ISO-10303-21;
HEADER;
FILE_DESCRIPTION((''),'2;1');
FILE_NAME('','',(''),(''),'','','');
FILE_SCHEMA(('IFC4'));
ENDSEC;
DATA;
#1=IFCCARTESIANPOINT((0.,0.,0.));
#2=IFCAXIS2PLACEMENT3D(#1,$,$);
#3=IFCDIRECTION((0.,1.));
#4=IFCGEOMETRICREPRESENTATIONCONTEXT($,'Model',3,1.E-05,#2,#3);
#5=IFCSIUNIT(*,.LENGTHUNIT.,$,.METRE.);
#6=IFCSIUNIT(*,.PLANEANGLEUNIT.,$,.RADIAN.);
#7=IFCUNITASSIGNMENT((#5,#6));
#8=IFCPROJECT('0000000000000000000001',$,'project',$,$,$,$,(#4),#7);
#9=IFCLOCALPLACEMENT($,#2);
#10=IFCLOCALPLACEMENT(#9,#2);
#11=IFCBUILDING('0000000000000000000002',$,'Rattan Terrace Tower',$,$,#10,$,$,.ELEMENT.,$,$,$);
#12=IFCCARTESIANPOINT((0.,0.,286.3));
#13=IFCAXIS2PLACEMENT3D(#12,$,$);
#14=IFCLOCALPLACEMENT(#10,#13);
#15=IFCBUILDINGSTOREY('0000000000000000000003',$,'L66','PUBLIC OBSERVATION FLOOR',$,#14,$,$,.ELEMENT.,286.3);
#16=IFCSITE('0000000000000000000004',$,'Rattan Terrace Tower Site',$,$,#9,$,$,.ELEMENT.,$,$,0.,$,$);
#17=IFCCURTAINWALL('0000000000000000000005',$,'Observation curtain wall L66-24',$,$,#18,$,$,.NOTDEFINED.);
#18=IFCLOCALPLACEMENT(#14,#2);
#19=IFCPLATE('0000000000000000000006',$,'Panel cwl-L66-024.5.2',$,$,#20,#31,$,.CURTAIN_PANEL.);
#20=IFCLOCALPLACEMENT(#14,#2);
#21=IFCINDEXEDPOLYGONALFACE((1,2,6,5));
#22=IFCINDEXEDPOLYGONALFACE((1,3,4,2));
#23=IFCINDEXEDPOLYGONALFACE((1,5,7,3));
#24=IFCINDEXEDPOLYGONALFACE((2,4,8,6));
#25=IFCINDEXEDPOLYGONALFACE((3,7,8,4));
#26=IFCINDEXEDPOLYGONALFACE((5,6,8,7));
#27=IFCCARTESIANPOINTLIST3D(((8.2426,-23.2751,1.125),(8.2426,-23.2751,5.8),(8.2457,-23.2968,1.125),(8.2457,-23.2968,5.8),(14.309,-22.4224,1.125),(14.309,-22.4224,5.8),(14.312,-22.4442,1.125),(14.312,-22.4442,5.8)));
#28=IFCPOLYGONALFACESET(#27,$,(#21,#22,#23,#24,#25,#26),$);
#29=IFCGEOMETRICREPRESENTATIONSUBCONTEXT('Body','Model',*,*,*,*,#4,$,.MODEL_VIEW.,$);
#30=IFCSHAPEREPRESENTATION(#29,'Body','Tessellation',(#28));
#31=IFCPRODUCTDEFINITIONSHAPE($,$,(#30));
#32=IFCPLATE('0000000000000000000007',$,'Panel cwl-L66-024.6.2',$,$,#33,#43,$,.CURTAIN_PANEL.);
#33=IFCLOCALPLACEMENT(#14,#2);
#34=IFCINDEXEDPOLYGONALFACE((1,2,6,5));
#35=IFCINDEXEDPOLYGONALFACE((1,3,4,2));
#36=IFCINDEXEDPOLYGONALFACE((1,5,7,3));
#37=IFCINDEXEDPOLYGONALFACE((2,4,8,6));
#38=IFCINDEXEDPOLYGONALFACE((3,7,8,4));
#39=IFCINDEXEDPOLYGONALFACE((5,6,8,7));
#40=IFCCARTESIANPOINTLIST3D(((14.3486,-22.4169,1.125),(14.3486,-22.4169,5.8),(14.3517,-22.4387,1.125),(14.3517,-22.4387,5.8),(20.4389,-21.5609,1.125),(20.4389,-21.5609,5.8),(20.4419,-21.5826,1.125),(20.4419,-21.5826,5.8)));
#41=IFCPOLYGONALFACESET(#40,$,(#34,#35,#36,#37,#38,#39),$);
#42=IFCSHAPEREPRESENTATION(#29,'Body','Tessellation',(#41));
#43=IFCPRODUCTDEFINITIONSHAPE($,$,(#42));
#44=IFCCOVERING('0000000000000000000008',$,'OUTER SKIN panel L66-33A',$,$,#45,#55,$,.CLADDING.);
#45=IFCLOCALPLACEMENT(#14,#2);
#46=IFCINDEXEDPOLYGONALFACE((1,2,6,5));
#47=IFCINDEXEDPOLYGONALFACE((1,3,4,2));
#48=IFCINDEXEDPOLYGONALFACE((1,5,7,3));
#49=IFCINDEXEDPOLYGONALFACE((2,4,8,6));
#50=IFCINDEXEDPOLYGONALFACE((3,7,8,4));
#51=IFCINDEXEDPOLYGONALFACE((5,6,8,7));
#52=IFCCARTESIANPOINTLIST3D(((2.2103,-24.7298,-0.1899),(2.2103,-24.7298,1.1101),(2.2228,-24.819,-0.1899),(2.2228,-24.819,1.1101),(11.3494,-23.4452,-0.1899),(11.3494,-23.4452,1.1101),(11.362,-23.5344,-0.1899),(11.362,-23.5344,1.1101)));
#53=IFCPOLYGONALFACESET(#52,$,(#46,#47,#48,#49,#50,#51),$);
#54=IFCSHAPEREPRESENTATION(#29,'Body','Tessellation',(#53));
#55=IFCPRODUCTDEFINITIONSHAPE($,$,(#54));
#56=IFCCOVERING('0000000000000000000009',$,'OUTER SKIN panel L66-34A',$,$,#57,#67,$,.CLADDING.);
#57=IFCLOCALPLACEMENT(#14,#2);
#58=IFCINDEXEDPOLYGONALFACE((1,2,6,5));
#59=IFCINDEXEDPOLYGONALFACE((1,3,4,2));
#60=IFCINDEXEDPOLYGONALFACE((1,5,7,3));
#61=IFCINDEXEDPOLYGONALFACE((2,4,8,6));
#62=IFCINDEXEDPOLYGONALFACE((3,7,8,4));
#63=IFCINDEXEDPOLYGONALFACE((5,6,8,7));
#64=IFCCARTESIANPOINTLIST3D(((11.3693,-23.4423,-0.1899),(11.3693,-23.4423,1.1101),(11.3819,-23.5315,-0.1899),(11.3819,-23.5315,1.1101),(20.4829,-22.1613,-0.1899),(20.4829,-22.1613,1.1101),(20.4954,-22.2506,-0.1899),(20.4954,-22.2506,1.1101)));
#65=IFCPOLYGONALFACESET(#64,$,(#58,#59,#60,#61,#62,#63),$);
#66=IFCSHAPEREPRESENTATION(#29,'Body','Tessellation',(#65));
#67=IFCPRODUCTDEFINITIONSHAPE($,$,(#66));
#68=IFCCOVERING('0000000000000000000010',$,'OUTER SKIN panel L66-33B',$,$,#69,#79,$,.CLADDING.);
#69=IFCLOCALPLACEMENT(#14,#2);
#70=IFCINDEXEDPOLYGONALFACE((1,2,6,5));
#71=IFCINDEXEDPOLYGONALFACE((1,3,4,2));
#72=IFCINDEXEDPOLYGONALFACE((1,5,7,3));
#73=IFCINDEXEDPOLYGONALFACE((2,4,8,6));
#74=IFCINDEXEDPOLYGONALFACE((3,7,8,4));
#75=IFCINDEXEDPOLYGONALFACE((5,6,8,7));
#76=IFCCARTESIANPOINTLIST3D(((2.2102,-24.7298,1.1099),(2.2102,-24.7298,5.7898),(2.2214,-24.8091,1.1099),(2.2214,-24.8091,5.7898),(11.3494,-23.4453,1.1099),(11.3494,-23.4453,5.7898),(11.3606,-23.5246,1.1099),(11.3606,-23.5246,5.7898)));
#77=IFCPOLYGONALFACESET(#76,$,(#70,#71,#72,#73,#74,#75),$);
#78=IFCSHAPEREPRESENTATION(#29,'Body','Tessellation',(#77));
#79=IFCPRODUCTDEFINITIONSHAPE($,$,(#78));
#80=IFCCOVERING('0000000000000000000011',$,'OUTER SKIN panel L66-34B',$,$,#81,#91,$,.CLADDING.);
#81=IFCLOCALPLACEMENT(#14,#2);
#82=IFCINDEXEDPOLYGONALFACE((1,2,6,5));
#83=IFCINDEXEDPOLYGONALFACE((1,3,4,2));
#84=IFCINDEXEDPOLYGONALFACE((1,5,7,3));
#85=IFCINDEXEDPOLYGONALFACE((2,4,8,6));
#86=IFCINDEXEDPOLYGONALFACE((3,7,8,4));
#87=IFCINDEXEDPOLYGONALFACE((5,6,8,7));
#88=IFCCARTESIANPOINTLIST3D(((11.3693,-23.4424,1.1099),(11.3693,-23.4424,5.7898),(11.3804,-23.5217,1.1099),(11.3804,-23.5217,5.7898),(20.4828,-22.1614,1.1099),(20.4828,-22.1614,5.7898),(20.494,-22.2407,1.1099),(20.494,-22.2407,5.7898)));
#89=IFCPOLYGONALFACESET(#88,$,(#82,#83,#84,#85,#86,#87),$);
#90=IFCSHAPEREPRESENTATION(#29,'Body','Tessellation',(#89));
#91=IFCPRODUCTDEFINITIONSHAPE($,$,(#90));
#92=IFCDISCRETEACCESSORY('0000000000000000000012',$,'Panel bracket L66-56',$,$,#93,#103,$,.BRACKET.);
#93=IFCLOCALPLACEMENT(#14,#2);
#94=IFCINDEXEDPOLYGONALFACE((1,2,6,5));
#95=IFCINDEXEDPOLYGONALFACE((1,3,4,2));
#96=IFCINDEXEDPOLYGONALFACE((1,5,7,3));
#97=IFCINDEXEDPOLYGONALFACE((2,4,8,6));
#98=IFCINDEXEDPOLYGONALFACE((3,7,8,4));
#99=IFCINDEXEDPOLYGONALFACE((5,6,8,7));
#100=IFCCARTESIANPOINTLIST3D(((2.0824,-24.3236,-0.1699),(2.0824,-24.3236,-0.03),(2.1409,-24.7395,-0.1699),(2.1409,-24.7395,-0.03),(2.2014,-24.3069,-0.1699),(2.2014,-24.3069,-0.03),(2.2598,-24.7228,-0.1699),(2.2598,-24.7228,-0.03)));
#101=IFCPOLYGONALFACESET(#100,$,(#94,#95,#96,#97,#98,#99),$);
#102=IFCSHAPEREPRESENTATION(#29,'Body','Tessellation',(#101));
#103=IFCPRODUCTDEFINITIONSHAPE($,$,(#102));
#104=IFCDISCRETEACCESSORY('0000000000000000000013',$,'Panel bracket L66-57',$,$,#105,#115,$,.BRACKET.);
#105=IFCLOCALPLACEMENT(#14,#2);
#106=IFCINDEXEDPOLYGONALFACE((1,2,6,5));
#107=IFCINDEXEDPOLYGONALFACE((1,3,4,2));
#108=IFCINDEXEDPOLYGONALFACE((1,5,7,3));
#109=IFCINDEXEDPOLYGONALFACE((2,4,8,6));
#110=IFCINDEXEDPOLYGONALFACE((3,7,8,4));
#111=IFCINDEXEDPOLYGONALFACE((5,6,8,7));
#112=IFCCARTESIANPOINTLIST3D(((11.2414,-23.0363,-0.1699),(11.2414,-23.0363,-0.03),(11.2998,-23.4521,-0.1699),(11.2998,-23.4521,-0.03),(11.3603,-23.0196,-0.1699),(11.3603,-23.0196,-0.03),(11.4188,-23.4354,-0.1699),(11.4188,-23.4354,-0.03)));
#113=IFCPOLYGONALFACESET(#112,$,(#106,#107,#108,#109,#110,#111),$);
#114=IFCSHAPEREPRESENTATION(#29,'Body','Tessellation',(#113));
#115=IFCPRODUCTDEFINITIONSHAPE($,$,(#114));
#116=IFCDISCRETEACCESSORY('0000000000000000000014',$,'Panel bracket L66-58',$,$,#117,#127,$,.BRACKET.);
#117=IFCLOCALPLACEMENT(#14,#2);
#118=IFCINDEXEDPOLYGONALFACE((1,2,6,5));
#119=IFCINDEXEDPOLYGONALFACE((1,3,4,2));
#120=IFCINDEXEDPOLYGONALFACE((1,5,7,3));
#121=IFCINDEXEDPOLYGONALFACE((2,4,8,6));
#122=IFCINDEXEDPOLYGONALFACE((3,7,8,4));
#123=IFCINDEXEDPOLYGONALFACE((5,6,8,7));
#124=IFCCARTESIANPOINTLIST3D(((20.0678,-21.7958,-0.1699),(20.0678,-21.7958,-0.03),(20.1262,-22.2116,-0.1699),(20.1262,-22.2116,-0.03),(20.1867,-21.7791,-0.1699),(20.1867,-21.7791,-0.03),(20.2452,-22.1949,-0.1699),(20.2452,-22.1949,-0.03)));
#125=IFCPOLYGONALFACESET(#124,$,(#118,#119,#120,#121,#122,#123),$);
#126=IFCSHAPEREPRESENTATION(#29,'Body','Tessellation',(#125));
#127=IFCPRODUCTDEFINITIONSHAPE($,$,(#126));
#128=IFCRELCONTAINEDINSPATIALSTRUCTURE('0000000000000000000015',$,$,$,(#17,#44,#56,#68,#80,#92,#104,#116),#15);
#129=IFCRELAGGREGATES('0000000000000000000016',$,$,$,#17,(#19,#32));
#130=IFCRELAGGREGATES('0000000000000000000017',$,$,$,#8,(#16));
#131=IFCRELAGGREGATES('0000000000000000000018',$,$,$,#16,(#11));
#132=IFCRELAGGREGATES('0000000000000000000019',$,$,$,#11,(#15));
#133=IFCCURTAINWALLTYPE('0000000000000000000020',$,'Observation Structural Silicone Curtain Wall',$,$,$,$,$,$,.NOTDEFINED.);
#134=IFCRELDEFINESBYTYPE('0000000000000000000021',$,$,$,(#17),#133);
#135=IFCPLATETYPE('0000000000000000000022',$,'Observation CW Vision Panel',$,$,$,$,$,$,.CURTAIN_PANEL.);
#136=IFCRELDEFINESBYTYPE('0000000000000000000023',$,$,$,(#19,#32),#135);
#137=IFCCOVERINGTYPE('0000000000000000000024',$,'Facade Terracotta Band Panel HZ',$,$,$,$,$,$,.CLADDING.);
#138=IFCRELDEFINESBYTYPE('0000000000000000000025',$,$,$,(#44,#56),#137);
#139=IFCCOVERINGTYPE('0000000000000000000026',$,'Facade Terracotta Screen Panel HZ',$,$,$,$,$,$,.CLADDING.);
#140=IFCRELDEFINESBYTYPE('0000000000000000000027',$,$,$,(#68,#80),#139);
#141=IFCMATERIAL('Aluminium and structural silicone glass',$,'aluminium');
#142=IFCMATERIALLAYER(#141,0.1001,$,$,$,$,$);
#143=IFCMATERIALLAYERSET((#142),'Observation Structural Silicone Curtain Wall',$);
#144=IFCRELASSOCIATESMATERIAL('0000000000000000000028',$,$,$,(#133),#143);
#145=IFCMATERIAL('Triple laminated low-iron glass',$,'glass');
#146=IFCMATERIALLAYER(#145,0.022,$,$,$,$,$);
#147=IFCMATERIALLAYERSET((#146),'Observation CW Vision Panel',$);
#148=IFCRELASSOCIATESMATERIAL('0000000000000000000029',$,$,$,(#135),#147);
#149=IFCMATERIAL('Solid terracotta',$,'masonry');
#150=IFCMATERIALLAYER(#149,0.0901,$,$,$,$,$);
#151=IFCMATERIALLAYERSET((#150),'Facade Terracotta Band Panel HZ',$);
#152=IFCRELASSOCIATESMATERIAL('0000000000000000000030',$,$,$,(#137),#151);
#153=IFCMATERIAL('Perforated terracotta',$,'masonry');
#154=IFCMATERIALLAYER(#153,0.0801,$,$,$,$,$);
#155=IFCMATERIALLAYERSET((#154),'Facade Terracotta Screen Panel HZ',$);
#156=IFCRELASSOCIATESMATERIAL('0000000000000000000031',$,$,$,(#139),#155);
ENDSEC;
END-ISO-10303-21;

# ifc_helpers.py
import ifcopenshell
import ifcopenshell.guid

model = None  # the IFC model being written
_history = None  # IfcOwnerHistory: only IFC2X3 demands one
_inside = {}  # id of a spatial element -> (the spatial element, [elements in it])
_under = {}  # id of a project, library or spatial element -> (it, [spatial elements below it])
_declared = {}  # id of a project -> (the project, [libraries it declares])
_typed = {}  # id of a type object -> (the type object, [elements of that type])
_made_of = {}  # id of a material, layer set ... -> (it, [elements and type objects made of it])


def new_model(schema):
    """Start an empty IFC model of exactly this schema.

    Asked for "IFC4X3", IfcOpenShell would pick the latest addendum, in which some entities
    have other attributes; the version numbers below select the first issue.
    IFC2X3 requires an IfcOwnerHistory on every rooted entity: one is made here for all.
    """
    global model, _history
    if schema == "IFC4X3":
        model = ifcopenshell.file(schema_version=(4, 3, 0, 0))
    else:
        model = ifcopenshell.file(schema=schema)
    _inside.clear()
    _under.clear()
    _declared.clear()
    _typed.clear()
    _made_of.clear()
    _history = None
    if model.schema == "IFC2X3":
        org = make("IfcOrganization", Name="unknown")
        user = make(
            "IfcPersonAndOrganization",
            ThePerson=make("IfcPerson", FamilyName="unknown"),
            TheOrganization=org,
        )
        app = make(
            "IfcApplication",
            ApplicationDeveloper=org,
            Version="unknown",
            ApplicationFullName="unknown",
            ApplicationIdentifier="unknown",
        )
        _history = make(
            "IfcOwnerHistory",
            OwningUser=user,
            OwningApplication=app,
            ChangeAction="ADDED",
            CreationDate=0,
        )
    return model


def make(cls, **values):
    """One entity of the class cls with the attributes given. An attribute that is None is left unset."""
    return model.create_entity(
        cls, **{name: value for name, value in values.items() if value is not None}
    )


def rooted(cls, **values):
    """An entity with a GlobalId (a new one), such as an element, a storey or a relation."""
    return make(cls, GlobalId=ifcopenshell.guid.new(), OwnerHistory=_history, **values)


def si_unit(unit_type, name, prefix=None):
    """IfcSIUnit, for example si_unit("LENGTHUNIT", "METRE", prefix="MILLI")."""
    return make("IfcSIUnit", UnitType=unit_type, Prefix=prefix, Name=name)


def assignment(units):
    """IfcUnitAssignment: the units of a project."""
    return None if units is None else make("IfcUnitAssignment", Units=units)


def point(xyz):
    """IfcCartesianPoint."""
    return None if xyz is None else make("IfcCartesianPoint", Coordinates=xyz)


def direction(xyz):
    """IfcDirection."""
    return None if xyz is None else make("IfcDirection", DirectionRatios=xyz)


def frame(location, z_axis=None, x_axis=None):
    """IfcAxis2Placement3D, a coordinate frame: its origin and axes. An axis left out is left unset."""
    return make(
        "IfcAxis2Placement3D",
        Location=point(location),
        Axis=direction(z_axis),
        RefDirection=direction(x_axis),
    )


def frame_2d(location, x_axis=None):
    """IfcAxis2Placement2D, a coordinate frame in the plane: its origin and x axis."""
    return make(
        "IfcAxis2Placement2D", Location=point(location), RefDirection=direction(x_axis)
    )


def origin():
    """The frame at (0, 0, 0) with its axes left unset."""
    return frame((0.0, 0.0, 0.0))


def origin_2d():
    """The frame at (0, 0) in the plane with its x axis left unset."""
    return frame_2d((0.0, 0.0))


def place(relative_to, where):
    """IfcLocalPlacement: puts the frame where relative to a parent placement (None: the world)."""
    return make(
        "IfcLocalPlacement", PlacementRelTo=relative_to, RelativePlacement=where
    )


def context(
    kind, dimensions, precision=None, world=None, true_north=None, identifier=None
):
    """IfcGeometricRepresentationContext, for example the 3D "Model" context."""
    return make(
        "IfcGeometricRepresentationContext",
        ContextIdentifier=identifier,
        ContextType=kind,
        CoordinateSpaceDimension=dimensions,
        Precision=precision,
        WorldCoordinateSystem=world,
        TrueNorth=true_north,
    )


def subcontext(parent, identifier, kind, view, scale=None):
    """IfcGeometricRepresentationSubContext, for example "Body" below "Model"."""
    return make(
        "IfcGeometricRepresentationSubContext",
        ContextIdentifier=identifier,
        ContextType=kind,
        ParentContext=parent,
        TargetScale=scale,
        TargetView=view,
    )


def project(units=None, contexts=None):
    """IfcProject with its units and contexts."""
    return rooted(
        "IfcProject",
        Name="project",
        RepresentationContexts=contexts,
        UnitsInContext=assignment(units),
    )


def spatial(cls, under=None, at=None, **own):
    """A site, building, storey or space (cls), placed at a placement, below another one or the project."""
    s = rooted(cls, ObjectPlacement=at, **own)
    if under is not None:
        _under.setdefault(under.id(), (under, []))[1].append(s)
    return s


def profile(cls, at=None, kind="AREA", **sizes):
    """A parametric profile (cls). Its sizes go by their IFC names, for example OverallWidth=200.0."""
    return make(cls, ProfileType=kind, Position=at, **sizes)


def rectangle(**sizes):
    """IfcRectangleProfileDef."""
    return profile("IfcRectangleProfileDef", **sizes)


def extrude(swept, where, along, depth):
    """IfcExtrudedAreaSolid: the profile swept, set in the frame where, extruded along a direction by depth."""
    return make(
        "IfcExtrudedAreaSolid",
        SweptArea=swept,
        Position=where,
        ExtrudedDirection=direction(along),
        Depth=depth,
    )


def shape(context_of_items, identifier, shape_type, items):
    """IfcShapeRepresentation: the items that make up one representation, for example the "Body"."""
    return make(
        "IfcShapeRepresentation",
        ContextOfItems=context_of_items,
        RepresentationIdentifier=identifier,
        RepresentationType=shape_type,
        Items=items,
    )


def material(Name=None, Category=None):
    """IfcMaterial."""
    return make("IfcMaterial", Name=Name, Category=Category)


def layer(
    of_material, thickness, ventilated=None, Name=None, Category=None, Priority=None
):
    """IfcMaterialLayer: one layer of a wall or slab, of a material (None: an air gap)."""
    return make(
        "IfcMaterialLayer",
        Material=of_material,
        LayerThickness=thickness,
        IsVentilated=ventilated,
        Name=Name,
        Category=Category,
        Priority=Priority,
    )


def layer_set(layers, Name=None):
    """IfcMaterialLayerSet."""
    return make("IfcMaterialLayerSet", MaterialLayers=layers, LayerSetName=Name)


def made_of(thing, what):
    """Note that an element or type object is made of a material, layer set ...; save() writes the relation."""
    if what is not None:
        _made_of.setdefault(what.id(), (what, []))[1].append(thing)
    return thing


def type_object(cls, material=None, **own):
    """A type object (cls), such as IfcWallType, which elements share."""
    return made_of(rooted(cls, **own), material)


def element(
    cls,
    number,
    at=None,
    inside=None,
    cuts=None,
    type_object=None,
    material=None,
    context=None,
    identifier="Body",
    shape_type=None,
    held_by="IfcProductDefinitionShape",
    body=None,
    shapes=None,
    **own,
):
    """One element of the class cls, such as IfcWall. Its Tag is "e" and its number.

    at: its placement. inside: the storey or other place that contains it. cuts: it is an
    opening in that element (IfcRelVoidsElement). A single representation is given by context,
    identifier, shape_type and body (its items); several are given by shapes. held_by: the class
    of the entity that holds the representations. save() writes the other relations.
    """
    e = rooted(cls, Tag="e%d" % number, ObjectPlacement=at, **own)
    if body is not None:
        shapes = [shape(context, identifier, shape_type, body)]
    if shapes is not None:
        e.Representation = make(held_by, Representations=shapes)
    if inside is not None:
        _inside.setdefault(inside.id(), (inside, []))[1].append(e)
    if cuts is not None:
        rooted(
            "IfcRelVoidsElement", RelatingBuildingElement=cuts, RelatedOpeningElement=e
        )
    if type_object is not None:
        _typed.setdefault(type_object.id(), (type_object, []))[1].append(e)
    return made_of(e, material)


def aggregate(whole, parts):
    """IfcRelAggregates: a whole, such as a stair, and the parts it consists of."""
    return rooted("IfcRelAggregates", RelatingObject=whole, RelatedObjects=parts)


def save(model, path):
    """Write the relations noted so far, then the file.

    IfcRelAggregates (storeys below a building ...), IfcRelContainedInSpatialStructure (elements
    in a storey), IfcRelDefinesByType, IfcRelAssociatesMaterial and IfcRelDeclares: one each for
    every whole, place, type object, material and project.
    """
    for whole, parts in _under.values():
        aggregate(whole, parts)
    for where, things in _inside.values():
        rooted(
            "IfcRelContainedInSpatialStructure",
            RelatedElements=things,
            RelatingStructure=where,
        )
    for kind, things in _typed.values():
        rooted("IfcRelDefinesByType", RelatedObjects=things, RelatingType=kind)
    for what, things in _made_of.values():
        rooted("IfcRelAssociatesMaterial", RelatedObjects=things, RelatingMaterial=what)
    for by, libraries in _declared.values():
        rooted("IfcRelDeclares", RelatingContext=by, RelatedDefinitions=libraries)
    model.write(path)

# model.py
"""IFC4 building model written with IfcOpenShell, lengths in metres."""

from ifc_helpers import new_model, si_unit, direction, frame, origin, origin_2d, place, context, subcontext, project, spatial, rectangle, extrude, material, layer, layer_set, type_object, element, aggregate, save


model = new_model("IFC4")

# Units and contexts
model_context = context("Model", 3, precision=1e-05, world=origin(), true_north=direction((0.0, 1.0)))
body_context = subcontext(model_context, "Body", "Model", "MODEL_VIEW")
ifc_project = project(units=[si_unit("LENGTHUNIT", "METRE"), si_unit("PLANEANGLEUNIT", "RADIAN")], contexts=[model_context])

# Site, building, storey
site_placement = place(None, origin())
site = spatial("IfcSite", under=ifc_project, at=site_placement, Name="Rattan Terrace Tower Site", CompositionType="ELEMENT", RefElevation=0.0)
building_placement = place(site_placement, origin())
building = spatial("IfcBuilding", under=site, at=building_placement, Name="Rattan Terrace Tower", CompositionType="ELEMENT")
storey_placement = place(building_placement, frame((0.0, 0.0, 286.3)))
storey = spatial("IfcBuildingStorey", under=building, at=storey_placement, Name="L66", Description="PUBLIC OBSERVATION FLOOR", CompositionType="ELEMENT", Elevation=286.3)

# Curtain wall, plates
ifc_material_1 = material(Name="Aluminium and structural silicone glass", Category="aluminium")
ifc_layer_1 = layer(ifc_material_1, 0.1001)
ifc_layer_set_1 = layer_set([ifc_layer_1], Name="Observation Structural Silicone Curtain Wall")
curtain_wall_type = type_object("IfcCurtainWallType", Name="Observation Structural Silicone Curtain Wall", PredefinedType="NOTDEFINED", material=ifc_layer_set_1)
curtain_wall_placement = place(storey_placement, origin())
curtain_wall = element("IfcCurtainWall", 1, at=curtain_wall_placement, inside=storey, type_object=curtain_wall_type, Name="Observation curtain wall L66-24", PredefinedType="NOTDEFINED")
ifc_material_2 = material(Name="Triple laminated low-iron glass", Category="glass")
ifc_layer_2 = layer(ifc_material_2, 0.022)
ifc_layer_set_2 = layer_set([ifc_layer_2], Name="Observation CW Vision Panel")
plate_type_1 = type_object("IfcPlateType", Name="Observation CW Vision Panel", PredefinedType="CURTAIN_PANEL", material=ifc_layer_set_2)
plate_1_placement = place(storey_placement, frame((11.2773, -22.8596, 1.125), z_axis=(0.0, 0.0, 1.0), x_axis=(0.990266, 0.139189, 0.0)))
plate_1 = element("IfcPlate", 2, at=plate_1_placement, type_object=plate_type_1, Name="Panel cwl-L66-024.5.2", PredefinedType="CURTAIN_PANEL", context=body_context, shape_type="SweptSolid", body=[
    extrude(rectangle(XDim=6.126, YDim=0.022, at=origin_2d()), origin(), (0.0, 0.0, 1.0), 4.675),
])
plate_2_placement = place(storey_placement, frame((17.3953, -21.9998, 1.125), z_axis=(0.0, 0.0, 1.0), x_axis=(0.990266, 0.139189, 0.0)))
plate_2 = element("IfcPlate", 3, at=plate_2_placement, type_object=plate_type_1, Name="Panel cwl-L66-024.6.2", PredefinedType="CURTAIN_PANEL", context=body_context, shape_type="SweptSolid", body=[
    extrude(rectangle(XDim=6.1501, YDim=0.022, at=origin_2d()), origin(), (0.0, 0.0, 1.0), 4.675),
])
aggregate(curtain_wall, [plate_1, plate_2])

# Coverings
ifc_material_3 = material(Name="Solid terracotta", Category="masonry")
ifc_layer_3 = layer(ifc_material_3, 0.0901)
ifc_layer_set_3 = layer_set([ifc_layer_3], Name="Facade Terracotta Band Panel HZ")
covering_type_1 = type_object("IfcCoveringType", Name="Facade Terracotta Band Panel HZ", PredefinedType="CLADDING", material=ifc_layer_set_3)
covering_1_placement = place(storey_placement, frame((6.7861, -24.1321, -0.1899), z_axis=(0.0, 0.0, 1.0), x_axis=(0.990266, 0.139189, 0.0)))
element("IfcCovering", 4, at=covering_1_placement, inside=storey, type_object=covering_type_1, Name="OUTER SKIN panel L66-33A", PredefinedType="CLADDING", context=body_context, shape_type="SweptSolid", body=[
    extrude(rectangle(XDim=9.229, YDim=0.0901, at=origin_2d()), origin(), (0.0, 0.0, 1.0), 1.3),
])
covering_2_placement = place(storey_placement, frame((15.9324, -22.8464, -0.1899), z_axis=(0.0, 0.0, 1.0), x_axis=(0.990266, 0.139189, 0.0)))
element("IfcCovering", 5, at=covering_2_placement, inside=storey, type_object=covering_type_1, Name="OUTER SKIN panel L66-34A", PredefinedType="CLADDING", context=body_context, shape_type="SweptSolid", body=[
    extrude(rectangle(XDim=9.2031, YDim=0.0901, at=origin_2d()), origin(), (0.0, 0.0, 1.0), 1.3),
])
ifc_material_4 = material(Name="Perforated terracotta", Category="masonry")
ifc_layer_4 = layer(ifc_material_4, 0.0801)
ifc_layer_set_4 = layer_set([ifc_layer_4], Name="Facade Terracotta Screen Panel HZ")
covering_type_2 = type_object("IfcCoveringType", Name="Facade Terracotta Screen Panel HZ", PredefinedType="CLADDING", material=ifc_layer_set_4)
covering_3_placement = place(storey_placement, frame((6.7854, -24.1272, 1.1099), z_axis=(0.0, 0.0, 1.0), x_axis=(0.990266, 0.139189, 0.0)))
element("IfcCovering", 6, at=covering_3_placement, inside=storey, type_object=covering_type_2, Name="OUTER SKIN panel L66-33B", PredefinedType="CLADDING", context=body_context, shape_type="SweptSolid", body=[
    extrude(rectangle(XDim=9.229, YDim=0.0801, at=origin_2d()), origin(), (0.0, 0.0, 1.0), 4.6799),
])
covering_4_placement = place(storey_placement, frame((15.9316, -22.8416, 1.1099), z_axis=(0.0, 0.0, 1.0), x_axis=(0.990266, 0.139189, 0.0)))
element("IfcCovering", 7, at=covering_4_placement, inside=storey, type_object=covering_type_2, Name="OUTER SKIN panel L66-34B", PredefinedType="CLADDING", context=body_context, shape_type="SweptSolid", body=[
    extrude(rectangle(XDim=9.2031, YDim=0.0801, at=origin_2d()), origin(), (0.0, 0.0, 1.0), 4.6799),
])

# Discrete accessories
for number, where, z_axis, x_axis, name in (
    (8, (2.1711, -24.5232, -0.1699), (0.0, 0.0, 1.0), (0.990266, 0.139189, 0.0), "Panel bracket L66-56"),
    (9, (11.3301, -23.2358, -0.1699), (0.0, 0.0, 1.0), (0.990266, 0.139189, 0.0), "Panel bracket L66-57"),
    (10, (20.1565, -21.9954, -0.1699), (0.0, 0.0, 1.0), (0.990266, 0.139189, 0.0), "Panel bracket L66-58"),
):
    element("IfcDiscreteAccessory", number, at=place(storey_placement, frame(where, z_axis=z_axis, x_axis=x_axis)), inside=storey, Name=name, PredefinedType="BRACKET", context=body_context, shape_type="SweptSolid", body=[
        extrude(rectangle(XDim=0.1201, YDim=0.4199, at=origin_2d()), origin(), (0.0, 0.0, 1.0), 0.1399),
    ])

save(model, "model.ifc")
